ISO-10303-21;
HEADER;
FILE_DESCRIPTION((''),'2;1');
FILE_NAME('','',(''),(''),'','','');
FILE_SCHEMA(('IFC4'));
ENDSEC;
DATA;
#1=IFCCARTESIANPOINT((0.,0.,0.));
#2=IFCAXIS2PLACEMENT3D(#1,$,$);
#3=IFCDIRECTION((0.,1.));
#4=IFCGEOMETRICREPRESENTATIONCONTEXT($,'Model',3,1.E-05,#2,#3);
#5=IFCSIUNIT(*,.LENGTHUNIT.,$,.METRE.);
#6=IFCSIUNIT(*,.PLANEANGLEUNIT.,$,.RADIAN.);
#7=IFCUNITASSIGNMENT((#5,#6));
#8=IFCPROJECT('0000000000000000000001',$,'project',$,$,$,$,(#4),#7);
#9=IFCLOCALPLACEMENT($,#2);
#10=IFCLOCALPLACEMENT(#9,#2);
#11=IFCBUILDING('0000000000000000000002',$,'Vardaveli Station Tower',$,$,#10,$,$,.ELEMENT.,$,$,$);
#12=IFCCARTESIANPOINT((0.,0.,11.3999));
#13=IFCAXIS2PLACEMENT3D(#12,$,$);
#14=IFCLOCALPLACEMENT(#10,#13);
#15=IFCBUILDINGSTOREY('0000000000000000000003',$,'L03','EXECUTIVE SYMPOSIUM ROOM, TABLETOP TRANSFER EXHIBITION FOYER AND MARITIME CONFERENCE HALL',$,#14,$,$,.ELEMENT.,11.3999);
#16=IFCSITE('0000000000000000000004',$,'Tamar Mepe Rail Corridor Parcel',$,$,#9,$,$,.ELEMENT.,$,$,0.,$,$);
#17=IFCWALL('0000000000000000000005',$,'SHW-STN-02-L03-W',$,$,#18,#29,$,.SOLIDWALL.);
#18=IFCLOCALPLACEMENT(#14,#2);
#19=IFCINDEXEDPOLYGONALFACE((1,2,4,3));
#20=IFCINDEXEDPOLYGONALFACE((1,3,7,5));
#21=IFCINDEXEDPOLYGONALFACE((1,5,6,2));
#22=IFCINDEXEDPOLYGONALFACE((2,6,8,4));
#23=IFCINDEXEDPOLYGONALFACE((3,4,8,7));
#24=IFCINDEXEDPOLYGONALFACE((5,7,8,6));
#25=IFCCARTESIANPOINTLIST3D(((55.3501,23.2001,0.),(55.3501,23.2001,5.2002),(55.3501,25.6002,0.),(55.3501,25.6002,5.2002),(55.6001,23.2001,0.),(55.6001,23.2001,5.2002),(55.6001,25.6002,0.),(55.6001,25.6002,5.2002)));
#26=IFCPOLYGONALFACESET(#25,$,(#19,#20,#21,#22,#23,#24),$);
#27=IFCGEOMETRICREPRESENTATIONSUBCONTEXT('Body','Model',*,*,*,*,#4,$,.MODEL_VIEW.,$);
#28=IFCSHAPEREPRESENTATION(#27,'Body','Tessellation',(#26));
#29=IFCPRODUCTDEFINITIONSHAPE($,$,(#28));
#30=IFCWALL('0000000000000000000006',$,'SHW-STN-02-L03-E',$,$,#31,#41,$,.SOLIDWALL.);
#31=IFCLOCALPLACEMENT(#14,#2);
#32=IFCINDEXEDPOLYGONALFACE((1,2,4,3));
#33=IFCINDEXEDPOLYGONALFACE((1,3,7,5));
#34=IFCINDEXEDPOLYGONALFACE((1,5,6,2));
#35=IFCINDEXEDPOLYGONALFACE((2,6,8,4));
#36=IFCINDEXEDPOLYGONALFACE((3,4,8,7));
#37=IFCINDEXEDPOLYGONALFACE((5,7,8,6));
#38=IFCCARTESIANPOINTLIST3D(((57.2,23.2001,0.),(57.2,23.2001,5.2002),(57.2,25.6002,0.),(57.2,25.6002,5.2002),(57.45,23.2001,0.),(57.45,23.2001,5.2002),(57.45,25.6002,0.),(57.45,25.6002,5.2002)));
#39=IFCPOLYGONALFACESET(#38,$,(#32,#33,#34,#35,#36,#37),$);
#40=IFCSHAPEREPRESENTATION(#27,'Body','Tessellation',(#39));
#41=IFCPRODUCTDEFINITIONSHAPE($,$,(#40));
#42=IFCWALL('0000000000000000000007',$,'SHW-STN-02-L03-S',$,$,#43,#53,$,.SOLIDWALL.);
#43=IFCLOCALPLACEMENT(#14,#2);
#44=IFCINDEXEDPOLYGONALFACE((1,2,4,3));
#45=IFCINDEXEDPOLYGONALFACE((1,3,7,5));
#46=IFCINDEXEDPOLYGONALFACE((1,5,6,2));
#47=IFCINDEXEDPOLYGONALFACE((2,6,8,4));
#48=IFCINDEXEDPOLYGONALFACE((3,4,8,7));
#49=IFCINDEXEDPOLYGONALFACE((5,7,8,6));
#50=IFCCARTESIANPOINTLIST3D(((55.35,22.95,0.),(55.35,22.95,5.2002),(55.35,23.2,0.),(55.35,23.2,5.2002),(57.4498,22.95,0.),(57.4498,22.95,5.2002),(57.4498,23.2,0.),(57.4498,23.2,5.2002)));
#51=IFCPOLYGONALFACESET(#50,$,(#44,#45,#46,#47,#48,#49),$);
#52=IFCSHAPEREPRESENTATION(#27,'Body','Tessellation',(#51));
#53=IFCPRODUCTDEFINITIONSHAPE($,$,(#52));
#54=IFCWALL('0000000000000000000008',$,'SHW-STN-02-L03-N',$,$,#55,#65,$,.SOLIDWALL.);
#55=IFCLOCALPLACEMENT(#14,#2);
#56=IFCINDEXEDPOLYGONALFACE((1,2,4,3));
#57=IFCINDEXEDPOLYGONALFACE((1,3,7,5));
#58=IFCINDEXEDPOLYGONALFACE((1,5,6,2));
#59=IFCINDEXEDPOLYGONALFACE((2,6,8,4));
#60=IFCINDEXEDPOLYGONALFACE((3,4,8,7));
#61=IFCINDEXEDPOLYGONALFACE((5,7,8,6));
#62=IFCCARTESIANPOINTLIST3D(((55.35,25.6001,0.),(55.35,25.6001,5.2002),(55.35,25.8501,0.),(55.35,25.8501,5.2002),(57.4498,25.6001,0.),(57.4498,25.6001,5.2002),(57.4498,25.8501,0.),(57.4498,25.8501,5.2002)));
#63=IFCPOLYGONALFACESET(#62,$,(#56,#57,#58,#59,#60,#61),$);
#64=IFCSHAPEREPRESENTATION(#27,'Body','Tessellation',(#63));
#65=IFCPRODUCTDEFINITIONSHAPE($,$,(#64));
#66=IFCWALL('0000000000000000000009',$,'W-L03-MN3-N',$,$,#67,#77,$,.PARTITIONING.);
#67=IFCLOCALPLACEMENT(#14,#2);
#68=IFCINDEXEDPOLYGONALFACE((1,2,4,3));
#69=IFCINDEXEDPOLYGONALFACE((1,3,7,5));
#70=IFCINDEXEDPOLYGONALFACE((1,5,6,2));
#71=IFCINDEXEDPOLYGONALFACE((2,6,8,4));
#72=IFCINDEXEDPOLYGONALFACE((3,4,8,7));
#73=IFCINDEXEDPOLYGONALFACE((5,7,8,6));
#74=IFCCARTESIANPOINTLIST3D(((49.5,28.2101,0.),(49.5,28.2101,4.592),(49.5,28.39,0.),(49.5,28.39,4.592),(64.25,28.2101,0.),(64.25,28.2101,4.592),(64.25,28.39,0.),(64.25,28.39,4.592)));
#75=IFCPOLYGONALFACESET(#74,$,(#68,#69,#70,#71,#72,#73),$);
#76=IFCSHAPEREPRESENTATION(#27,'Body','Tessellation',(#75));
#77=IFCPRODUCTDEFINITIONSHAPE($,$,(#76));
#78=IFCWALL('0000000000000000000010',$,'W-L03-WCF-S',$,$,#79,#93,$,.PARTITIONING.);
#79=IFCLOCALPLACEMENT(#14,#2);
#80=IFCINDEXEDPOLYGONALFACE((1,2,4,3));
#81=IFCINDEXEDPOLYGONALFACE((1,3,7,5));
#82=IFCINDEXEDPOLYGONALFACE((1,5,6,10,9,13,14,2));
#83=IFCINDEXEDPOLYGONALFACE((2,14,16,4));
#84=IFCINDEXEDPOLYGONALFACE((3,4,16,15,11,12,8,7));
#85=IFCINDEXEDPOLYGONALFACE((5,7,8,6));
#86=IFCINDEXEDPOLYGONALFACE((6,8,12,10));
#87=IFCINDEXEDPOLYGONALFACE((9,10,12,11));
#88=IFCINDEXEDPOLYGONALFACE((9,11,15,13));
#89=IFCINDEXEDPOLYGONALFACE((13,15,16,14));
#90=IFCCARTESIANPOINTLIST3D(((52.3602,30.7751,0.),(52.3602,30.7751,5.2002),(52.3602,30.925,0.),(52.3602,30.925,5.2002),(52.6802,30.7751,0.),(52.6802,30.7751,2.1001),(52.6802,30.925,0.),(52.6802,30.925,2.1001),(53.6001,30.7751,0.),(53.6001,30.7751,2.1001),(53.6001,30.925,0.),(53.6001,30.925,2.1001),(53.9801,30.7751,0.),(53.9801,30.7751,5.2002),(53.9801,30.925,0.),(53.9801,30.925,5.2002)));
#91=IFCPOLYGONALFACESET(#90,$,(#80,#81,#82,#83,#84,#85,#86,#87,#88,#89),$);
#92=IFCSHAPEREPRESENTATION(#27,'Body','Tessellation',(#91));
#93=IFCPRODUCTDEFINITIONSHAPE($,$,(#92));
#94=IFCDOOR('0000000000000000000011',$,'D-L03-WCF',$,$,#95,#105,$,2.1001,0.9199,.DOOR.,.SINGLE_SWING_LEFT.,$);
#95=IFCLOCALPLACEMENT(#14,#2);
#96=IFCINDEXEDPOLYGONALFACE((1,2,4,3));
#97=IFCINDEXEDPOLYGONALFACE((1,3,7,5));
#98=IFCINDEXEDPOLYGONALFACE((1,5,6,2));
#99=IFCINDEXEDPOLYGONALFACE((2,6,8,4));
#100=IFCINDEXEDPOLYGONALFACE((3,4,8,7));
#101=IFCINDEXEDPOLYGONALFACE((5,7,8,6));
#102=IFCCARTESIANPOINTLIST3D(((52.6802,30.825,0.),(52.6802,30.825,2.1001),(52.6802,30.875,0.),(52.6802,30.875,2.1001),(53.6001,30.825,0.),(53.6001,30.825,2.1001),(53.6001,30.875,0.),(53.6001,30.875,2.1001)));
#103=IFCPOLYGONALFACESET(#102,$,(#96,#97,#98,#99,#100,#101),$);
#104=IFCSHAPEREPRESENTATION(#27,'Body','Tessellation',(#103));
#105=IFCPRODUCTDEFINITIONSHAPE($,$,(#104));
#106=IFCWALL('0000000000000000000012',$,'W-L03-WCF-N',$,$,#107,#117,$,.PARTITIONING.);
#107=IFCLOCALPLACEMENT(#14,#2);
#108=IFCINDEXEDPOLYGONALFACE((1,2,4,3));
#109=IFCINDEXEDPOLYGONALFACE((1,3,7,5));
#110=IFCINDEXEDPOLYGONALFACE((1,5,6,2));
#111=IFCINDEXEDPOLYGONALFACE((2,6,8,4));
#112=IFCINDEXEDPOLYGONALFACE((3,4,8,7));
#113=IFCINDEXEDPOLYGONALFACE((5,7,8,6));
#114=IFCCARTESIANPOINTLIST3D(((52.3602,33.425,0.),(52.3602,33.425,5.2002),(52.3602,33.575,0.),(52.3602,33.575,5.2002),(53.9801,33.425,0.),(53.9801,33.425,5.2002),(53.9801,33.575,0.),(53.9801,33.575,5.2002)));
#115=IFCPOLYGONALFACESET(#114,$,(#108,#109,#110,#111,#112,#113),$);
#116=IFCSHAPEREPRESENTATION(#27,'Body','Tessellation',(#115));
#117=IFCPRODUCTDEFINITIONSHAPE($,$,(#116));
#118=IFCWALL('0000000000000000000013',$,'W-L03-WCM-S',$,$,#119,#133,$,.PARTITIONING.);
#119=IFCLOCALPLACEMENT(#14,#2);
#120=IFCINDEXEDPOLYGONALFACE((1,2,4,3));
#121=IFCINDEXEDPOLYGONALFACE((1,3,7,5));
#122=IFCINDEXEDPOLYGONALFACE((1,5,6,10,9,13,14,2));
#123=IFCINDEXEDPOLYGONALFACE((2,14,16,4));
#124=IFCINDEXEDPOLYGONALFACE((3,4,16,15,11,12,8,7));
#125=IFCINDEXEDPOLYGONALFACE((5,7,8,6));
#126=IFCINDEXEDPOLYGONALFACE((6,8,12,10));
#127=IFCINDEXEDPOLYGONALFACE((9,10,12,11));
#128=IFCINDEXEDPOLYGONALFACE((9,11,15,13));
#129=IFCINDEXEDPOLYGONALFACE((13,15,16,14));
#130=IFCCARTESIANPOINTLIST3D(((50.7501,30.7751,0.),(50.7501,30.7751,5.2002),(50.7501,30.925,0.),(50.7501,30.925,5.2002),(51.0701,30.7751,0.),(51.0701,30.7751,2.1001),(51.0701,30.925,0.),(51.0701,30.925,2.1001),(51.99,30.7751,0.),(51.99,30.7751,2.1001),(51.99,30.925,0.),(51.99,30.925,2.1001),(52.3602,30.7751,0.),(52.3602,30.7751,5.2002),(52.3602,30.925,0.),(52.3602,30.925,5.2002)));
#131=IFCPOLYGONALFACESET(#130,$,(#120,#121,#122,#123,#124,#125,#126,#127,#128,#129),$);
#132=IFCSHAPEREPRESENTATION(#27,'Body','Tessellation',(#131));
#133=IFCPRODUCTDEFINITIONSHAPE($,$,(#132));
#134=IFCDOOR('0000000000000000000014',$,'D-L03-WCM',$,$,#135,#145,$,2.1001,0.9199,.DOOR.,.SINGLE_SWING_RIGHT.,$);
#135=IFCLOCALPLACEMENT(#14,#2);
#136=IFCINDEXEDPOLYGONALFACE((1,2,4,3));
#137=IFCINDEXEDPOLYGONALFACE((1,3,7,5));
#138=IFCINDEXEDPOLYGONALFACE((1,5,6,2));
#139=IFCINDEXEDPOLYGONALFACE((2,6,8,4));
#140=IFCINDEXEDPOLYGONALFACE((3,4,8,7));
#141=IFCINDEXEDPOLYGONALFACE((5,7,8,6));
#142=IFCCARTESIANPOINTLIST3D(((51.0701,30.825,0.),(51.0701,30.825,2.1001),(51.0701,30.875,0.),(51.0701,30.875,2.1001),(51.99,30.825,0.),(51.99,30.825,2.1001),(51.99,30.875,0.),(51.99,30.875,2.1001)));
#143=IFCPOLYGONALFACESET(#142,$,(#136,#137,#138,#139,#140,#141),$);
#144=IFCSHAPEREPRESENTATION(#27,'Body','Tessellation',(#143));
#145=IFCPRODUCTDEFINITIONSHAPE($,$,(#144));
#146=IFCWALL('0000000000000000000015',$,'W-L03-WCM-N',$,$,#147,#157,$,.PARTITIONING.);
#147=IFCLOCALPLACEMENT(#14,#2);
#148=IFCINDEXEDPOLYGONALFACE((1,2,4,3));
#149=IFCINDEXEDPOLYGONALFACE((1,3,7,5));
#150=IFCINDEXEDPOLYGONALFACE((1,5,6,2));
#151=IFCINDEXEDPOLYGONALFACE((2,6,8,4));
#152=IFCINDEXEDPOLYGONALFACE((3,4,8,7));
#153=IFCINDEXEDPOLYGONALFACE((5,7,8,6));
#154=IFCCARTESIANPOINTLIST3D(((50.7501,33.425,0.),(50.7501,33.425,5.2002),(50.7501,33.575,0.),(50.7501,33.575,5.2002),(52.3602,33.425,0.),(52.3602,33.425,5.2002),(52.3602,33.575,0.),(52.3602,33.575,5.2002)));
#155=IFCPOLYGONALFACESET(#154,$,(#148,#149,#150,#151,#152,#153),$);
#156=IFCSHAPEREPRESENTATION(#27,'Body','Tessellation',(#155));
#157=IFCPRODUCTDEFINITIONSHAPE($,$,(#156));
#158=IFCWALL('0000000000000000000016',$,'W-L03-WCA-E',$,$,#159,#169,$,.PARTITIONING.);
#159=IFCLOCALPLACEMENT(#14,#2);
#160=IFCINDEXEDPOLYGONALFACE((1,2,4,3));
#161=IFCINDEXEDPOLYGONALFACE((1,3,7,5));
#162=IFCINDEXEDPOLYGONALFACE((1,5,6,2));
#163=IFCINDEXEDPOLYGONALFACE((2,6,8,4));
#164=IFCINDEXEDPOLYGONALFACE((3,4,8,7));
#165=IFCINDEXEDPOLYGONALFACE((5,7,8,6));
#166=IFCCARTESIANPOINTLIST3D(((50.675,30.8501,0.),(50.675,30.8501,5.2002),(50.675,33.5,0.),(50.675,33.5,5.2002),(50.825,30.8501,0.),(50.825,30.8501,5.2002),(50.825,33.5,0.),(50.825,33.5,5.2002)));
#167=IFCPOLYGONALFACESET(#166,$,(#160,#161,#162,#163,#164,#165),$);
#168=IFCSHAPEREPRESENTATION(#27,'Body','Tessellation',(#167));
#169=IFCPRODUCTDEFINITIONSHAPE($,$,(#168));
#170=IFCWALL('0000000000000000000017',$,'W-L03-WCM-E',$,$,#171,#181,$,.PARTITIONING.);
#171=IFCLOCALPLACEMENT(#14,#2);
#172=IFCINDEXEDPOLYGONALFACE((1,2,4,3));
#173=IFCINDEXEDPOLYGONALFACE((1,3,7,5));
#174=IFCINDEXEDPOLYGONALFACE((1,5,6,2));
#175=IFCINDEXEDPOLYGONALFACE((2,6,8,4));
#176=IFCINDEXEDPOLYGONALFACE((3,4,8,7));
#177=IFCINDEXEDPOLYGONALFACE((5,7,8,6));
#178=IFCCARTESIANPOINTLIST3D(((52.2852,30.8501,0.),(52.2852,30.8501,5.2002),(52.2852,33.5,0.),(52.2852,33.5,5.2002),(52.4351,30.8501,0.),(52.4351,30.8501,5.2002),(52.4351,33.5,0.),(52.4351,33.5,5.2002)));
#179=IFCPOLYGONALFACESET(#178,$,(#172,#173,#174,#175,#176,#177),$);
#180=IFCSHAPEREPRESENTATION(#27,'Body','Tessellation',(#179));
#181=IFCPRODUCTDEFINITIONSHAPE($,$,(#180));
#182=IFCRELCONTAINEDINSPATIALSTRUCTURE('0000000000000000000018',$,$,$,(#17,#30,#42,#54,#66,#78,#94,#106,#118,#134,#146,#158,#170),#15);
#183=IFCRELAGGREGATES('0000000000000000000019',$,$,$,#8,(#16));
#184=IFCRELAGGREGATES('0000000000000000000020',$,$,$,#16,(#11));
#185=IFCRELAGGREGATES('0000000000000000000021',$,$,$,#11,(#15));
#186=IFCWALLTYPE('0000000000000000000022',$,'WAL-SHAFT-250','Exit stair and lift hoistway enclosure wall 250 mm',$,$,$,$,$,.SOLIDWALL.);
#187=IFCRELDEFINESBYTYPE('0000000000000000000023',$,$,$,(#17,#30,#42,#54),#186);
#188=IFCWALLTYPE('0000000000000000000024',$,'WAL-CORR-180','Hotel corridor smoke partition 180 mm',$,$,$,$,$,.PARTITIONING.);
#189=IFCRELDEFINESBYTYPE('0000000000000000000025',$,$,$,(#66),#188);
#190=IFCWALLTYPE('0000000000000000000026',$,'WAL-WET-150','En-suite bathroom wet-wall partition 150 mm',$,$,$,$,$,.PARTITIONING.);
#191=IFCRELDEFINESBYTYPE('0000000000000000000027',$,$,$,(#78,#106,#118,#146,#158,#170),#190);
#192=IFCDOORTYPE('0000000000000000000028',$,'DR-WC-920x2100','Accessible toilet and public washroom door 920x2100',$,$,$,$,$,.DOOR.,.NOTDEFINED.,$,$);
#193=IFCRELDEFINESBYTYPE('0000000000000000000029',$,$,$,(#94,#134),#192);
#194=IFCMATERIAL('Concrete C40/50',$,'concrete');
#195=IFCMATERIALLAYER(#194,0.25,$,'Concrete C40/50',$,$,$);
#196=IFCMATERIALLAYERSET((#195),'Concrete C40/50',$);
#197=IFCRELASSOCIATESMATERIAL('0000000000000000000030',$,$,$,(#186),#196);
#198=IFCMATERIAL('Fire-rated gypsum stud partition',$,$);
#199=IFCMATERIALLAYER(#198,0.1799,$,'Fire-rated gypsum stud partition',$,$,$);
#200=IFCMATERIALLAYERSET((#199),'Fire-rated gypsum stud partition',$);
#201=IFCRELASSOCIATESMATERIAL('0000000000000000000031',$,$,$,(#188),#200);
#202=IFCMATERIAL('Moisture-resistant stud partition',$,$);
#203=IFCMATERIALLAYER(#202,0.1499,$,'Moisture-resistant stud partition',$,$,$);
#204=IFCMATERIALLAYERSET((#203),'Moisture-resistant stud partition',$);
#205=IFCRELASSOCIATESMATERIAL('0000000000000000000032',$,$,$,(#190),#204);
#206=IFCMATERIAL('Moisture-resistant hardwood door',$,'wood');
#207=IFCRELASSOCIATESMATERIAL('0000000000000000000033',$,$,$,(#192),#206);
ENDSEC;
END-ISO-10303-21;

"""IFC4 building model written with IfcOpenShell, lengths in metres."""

from ifc_helpers import new_model, si_unit, direction, frame, frame_2d, origin, place, context, subcontext, project, spatial, rectangle, extrude, source, transform, mapped, material, layer, layer_set, type_object, element, fill, save


model = new_model("IFC4")

# Units and contexts
model_context = context("Model", 3, precision=1e-05, world=origin(), true_north=direction((0.0, 1.0)))
body_context = subcontext(model_context, "Body", "Model", "MODEL_VIEW")
ifc_project = project(units=[si_unit("LENGTHUNIT", "METRE"), si_unit("PLANEANGLEUNIT", "RADIAN")], contexts=[model_context])

# Site, building, storey
site_placement = place(None, origin())
site = spatial("IfcSite", under=ifc_project, at=site_placement, Name="Tamar Mepe Rail Corridor Parcel", CompositionType="ELEMENT", RefElevation=0.0)
building_placement = place(site_placement, origin())
building = spatial("IfcBuilding", under=site, at=building_placement, Name="Vardaveli Station Tower", CompositionType="ELEMENT")
storey_placement = place(building_placement, frame((0.0, 0.0, 11.3999)))
storey = spatial("IfcBuildingStorey", under=building, at=storey_placement, Name="L03", Description="EXECUTIVE SYMPOSIUM ROOM, TABLETOP TRANSFER EXHIBITION FOYER AND MARITIME CONFERENCE HALL", CompositionType="ELEMENT", Elevation=11.3999)

# Shared definitions
ifc_material_1 = material(Name="Concrete C40/50", Category="concrete")
ifc_layer_1 = layer(ifc_material_1, 0.25, Name="Concrete C40/50")
ifc_layer_set_1 = layer_set([ifc_layer_1], Name="Concrete C40/50")
wall_type_1 = type_object("IfcWallType", Name="WAL-SHAFT-250", Description="Exit stair and lift hoistway enclosure wall 250 mm", PredefinedType="SOLIDWALL", material=ifc_layer_set_1)

# Walls
shared_shape_1 = source(origin(), body_context, "Body", "SweptSolid", [
    extrude(rectangle(XDim=2.4001, YDim=0.25, at=frame_2d((1.2002, 0.0))), origin(), (0.0, 0.0, 1.0), 5.2002),
])
for number, where, z_axis, x_axis, name in (
    (1, (55.4751, 23.2, 0.0), (0.0, 0.0, 1.0), (0.0, 1.0, 0.0), "SHW-STN-02-L03-W"),
    (2, (57.325, 23.2, 0.0), (0.0, 0.0, 1.0), (0.0, 1.0, 0.0), "SHW-STN-02-L03-E"),
):
    element("IfcWall", number, at=place(storey_placement, frame(where, z_axis=z_axis, x_axis=x_axis)), inside=storey, type_object=wall_type_1, Name=name, PredefinedType="SOLIDWALL", context=body_context, shape_type="MappedRepresentation", body=[
        mapped(shared_shape_1, transform((0.0, 0.0, 0.0), scale=1.0)),
    ])
shared_shape_2 = source(origin(), body_context, "Body", "SweptSolid", [
    extrude(rectangle(XDim=2.0999, YDim=0.25, at=frame_2d((1.0498, 0.0))), origin(), (0.0, 0.0, 1.0), 5.2002),
])
for number, where, z_axis, x_axis, name in (
    (3, (55.3501, 23.075, 0.0), (0.0, 0.0, 1.0), (1.0, 0.0, 0.0), "SHW-STN-02-L03-S"),
    (4, (55.3501, 25.7251, 0.0), (0.0, 0.0, 1.0), (1.0, 0.0, 0.0), "SHW-STN-02-L03-N"),
):
    element("IfcWall", number, at=place(storey_placement, frame(where, z_axis=z_axis, x_axis=x_axis)), inside=storey, type_object=wall_type_1, Name=name, PredefinedType="SOLIDWALL", context=body_context, shape_type="MappedRepresentation", body=[
        mapped(shared_shape_2, transform((0.0, 0.0, 0.0), scale=1.0)),
    ])
ifc_material_2 = material(Name="Fire-rated gypsum stud partition")
ifc_layer_2 = layer(ifc_material_2, 0.1799, Name="Fire-rated gypsum stud partition")
ifc_layer_set_2 = layer_set([ifc_layer_2], Name="Fire-rated gypsum stud partition")
wall_type_2 = type_object("IfcWallType", Name="WAL-CORR-180", Description="Hotel corridor smoke partition 180 mm", PredefinedType="PARTITIONING", material=ifc_layer_set_2)
shared_shape_3 = source(origin(), body_context, "Body", "SweptSolid", [
    extrude(rectangle(XDim=14.75, YDim=0.1799, at=frame_2d((7.375, 0.0))), origin(), (0.0, 0.0, 1.0), 4.592),
])
wall_1_placement = place(storey_placement, frame((49.5, 28.3, 0.0), z_axis=(0.0, 0.0, 1.0), x_axis=(1.0, 0.0, 0.0)))
element("IfcWall", 5, at=wall_1_placement, inside=storey, type_object=wall_type_2, Name="W-L03-MN3-N", PredefinedType="PARTITIONING", context=body_context, shape_type="MappedRepresentation", body=[
    mapped(shared_shape_3, transform((0.0, 0.0, 0.0), scale=1.0)),
])

# Wall, opening, door
ifc_material_3 = material(Name="Moisture-resistant stud partition")
ifc_layer_3 = layer(ifc_material_3, 0.1499, Name="Moisture-resistant stud partition")
ifc_layer_set_3 = layer_set([ifc_layer_3], Name="Moisture-resistant stud partition")
wall_type_3 = type_object("IfcWallType", Name="WAL-WET-150", Description="En-suite bathroom wet-wall partition 150 mm", PredefinedType="PARTITIONING", material=ifc_layer_set_3)
shared_shape_4 = source(origin(), body_context, "Body", "SweptSolid", [
    extrude(rectangle(XDim=1.6199, YDim=0.1499, at=frame_2d((0.8101, 0.0))), origin(), (0.0, 0.0, 1.0), 5.2002),
])
wall_2_placement = place(storey_placement, frame((52.3601, 30.8501, 0.0), z_axis=(0.0, 0.0, 1.0), x_axis=(1.0, 0.0, 0.0)))
wall_2 = element("IfcWall", 6, at=wall_2_placement, inside=storey, type_object=wall_type_3, Name="W-L03-WCF-S", PredefinedType="PARTITIONING", context=body_context, shape_type="MappedRepresentation", body=[
    mapped(shared_shape_4, transform((0.0, 0.0, 0.0), scale=1.0)),
])
shared_shape_5 = source(origin(), body_context, "Body", "SweptSolid", [
    extrude(rectangle(XDim=0.9199, YDim=2.1001, at=frame_2d((0.46, 1.05))), frame((0.0, 0.085, 0.0), z_axis=(0.0, -1.0, 0.0), x_axis=(1.0, 0.0, 0.0)), (0.0, 0.0, 1.0), 0.1699),
])
opening_1_placement = place(wall_2_placement, frame((0.3201, 0.0, 0.0)))
opening_1 = element("IfcOpeningElement", 7, at=opening_1_placement, cuts=wall_2, PredefinedType="OPENING", context=body_context, shape_type="MappedRepresentation", body=[
    mapped(shared_shape_5, transform((0.0, 0.0, 0.0), scale=1.0)),
])
ifc_material_4 = material(Name="Moisture-resistant hardwood door", Category="wood")
door_type_1 = type_object("IfcDoorType", Name="DR-WC-920x2100", Description="Accessible toilet and public washroom door 920x2100", OperationType="NOTDEFINED", PredefinedType="DOOR", material=ifc_material_4)
shared_shape_6 = source(origin(), body_context, "Body", "SweptSolid", [
    extrude(rectangle(XDim=0.9199, YDim=2.1001, at=frame_2d((0.46, 1.05))), frame((0.0, 0.0249, 0.0), z_axis=(0.0, -1.0, 0.0), x_axis=(1.0, 0.0, 0.0)), (0.0, 0.0, 1.0), 0.05),
])
door_1_placement = place(opening_1_placement, origin())
door_1 = element("IfcDoor", 8, at=door_1_placement, inside=storey, type_object=door_type_1, Name="D-L03-WCF", OperationType="SINGLE_SWING_LEFT", OverallHeight=2.1001, OverallWidth=0.9199, PredefinedType="DOOR", context=body_context, shape_type="MappedRepresentation", body=[
    mapped(shared_shape_6, transform((0.0, 0.0, 0.0), scale=1.0)),
])
fill(opening_1, door_1)

# Wall
wall_3_placement = place(storey_placement, frame((52.3601, 33.5, 0.0), z_axis=(0.0, 0.0, 1.0), x_axis=(1.0, 0.0, 0.0)))
element("IfcWall", 9, at=wall_3_placement, inside=storey, type_object=wall_type_3, Name="W-L03-WCF-N", PredefinedType="PARTITIONING", context=body_context, shape_type="MappedRepresentation", body=[
    mapped(shared_shape_4, transform((0.0, 0.0, 0.0), scale=1.0)),
])

# Wall, opening, door
shared_shape_7 = source(origin(), body_context, "Body", "SweptSolid", [
    extrude(rectangle(XDim=1.6101, YDim=0.1499, at=frame_2d((0.8052, 0.0))), origin(), (0.0, 0.0, 1.0), 5.2002),
])
wall_4_placement = place(storey_placement, frame((50.75, 30.8501, 0.0), z_axis=(0.0, 0.0, 1.0), x_axis=(1.0, 0.0, 0.0)))
wall_4 = element("IfcWall", 10, at=wall_4_placement, inside=storey, type_object=wall_type_3, Name="W-L03-WCM-S", PredefinedType="PARTITIONING", context=body_context, shape_type="MappedRepresentation", body=[
    mapped(shared_shape_7, transform((0.0, 0.0, 0.0), scale=1.0)),
])
opening_2_placement = place(wall_4_placement, frame((0.3201, 0.0, 0.0)))
opening_2 = element("IfcOpeningElement", 11, at=opening_2_placement, cuts=wall_4, PredefinedType="OPENING", context=body_context, shape_type="MappedRepresentation", body=[
    mapped(shared_shape_5, transform((0.0, 0.0, 0.0), scale=1.0)),
])
door_2_placement = place(opening_2_placement, origin())
door_2 = element("IfcDoor", 12, at=door_2_placement, inside=storey, type_object=door_type_1, Name="D-L03-WCM", OperationType="SINGLE_SWING_RIGHT", OverallHeight=2.1001, OverallWidth=0.9199, PredefinedType="DOOR", context=body_context, shape_type="MappedRepresentation", body=[
    mapped(shared_shape_6, transform((0.0, 0.0, 0.0), scale=1.0)),
])
fill(opening_2, door_2)

# Walls
wall_5_placement = place(storey_placement, frame((50.75, 33.5, 0.0), z_axis=(0.0, 0.0, 1.0), x_axis=(1.0, 0.0, 0.0)))
element("IfcWall", 13, at=wall_5_placement, inside=storey, type_object=wall_type_3, Name="W-L03-WCM-N", PredefinedType="PARTITIONING", context=body_context, shape_type="MappedRepresentation", body=[
    mapped(shared_shape_7, transform((0.0, 0.0, 0.0), scale=1.0)),
])
shared_shape_8 = source(origin(), body_context, "Body", "SweptSolid", [
    extrude(rectangle(XDim=2.6499, YDim=0.1499, at=frame_2d((1.325, 0.0))), origin(), (0.0, 0.0, 1.0), 5.2002),
])
for number, where, z_axis, x_axis, name in (
    (14, (50.75, 30.8501, 0.0), (0.0, 0.0, 1.0), (0.0, 1.0, 0.0), "W-L03-WCA-E"),
    (15, (52.3601, 30.8501, 0.0), (0.0, 0.0, 1.0), (0.0, 1.0, 0.0), "W-L03-WCM-E"),
):
    element("IfcWall", number, at=place(storey_placement, frame(where, z_axis=z_axis, x_axis=x_axis)), inside=storey, type_object=wall_type_3, Name=name, PredefinedType="PARTITIONING", context=body_context, shape_type="MappedRepresentation", body=[
        mapped(shared_shape_8, transform((0.0, 0.0, 0.0), scale=1.0)),
    ])

save(model, "model.ifc")
